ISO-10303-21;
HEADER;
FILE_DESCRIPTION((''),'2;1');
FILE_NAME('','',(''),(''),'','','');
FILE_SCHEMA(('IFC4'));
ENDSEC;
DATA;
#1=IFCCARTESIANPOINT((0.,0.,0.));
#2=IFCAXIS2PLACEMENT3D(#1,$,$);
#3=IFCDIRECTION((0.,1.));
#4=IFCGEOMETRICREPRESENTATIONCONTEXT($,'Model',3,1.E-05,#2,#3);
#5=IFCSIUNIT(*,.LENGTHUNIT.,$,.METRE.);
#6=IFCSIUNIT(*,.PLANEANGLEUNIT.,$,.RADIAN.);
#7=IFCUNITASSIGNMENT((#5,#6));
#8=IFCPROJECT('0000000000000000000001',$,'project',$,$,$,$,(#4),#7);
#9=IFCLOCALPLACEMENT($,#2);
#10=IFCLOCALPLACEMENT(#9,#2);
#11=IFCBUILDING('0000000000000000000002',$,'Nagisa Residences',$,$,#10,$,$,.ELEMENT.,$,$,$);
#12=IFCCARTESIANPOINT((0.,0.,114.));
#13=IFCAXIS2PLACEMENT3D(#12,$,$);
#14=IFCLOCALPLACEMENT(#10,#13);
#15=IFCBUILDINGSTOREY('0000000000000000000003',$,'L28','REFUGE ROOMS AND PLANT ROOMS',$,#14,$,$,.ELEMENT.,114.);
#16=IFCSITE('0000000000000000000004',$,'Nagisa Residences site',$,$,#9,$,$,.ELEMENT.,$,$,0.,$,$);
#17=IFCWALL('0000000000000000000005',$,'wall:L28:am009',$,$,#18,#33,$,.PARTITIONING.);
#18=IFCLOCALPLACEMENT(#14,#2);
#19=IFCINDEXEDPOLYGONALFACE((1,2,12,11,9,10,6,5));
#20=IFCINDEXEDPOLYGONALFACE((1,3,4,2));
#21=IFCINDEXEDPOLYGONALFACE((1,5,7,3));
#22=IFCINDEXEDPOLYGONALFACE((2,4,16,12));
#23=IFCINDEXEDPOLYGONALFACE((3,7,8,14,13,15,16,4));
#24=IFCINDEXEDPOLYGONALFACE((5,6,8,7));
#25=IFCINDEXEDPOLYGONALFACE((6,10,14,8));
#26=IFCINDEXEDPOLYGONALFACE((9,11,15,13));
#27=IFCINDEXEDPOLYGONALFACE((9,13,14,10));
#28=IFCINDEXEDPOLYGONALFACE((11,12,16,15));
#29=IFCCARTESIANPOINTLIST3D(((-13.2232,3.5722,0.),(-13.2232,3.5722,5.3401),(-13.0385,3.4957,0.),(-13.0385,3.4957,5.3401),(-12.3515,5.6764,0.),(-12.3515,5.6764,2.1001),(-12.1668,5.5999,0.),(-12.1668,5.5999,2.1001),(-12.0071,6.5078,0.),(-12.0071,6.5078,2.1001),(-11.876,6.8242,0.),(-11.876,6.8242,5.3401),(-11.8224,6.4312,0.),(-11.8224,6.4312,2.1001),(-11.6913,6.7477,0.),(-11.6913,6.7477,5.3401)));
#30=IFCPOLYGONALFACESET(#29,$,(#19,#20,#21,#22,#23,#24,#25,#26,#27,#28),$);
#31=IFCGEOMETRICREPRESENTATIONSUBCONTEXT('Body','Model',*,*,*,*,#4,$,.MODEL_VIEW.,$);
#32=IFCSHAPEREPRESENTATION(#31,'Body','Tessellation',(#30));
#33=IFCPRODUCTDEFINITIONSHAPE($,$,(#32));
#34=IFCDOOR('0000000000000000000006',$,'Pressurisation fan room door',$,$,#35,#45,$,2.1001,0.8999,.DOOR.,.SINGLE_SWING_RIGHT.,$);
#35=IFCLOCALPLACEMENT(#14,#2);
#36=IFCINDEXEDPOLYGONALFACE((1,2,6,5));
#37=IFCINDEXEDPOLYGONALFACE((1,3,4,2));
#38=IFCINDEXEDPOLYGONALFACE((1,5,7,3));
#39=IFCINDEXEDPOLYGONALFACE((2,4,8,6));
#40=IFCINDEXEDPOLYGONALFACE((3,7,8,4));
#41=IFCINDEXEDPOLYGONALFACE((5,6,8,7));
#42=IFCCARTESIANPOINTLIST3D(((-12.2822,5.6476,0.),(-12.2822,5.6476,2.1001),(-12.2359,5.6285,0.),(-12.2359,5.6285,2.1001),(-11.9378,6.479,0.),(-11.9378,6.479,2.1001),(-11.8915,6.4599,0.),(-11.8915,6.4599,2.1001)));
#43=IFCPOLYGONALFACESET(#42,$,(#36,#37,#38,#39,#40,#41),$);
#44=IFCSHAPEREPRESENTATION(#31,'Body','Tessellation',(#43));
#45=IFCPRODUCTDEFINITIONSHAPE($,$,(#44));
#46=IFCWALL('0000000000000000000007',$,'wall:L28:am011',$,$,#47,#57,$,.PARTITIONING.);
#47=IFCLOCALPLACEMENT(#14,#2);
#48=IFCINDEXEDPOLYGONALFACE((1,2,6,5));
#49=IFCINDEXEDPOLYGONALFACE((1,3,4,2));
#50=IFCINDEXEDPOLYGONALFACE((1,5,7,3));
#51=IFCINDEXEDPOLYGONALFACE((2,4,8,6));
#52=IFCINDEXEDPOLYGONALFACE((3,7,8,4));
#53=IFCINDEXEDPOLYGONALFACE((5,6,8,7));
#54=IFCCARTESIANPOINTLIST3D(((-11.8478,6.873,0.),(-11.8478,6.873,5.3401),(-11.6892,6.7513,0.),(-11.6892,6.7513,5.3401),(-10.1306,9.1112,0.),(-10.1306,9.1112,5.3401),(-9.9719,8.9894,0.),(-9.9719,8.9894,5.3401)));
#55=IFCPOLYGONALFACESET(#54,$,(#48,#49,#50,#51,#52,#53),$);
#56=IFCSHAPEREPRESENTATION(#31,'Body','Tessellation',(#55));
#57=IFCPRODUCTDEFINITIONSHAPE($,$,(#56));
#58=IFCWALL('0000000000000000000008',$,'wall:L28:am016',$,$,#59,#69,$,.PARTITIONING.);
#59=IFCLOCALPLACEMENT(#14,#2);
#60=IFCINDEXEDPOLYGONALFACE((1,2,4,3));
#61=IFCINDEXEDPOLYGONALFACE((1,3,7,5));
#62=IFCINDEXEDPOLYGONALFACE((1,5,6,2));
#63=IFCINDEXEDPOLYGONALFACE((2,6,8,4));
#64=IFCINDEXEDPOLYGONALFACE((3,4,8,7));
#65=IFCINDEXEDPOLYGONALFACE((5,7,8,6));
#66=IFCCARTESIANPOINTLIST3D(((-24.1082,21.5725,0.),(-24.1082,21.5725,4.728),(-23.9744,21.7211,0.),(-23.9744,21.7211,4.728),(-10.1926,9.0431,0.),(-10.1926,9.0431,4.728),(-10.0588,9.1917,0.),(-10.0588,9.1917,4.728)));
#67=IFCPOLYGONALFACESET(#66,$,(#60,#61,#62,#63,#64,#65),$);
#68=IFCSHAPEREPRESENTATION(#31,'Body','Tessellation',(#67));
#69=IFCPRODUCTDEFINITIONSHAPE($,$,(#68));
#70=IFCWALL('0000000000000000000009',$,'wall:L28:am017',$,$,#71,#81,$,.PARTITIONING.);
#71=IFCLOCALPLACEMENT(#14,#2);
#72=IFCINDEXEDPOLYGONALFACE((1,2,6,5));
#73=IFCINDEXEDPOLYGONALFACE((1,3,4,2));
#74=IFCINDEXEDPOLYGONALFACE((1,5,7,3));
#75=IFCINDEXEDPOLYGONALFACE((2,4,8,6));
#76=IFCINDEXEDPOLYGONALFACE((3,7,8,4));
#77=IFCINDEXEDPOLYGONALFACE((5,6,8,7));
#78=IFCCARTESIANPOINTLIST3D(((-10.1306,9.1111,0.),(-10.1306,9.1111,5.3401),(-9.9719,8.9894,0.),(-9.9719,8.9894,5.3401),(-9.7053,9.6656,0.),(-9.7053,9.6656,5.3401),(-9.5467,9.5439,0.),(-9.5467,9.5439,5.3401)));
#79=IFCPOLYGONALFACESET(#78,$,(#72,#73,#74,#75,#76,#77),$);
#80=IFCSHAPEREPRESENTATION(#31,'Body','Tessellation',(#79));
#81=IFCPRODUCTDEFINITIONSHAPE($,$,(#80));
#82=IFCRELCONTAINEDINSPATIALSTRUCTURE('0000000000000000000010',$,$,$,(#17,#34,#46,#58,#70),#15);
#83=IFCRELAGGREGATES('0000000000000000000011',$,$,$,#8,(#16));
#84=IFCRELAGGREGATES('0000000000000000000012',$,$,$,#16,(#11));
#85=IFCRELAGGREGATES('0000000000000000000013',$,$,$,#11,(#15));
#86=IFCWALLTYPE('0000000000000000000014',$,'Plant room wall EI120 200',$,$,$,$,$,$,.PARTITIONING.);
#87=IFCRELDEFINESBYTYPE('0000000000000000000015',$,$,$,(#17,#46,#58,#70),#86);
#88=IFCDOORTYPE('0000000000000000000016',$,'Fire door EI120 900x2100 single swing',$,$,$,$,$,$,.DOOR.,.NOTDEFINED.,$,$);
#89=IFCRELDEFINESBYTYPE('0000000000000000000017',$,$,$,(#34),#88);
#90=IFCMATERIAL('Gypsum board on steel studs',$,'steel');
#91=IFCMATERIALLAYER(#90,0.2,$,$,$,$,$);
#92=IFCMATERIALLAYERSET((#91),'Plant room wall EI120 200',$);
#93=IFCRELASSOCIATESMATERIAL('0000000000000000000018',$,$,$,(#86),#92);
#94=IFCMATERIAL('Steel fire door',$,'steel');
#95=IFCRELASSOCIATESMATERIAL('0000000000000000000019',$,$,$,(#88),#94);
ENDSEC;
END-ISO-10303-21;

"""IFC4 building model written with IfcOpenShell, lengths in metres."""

from ifc_helpers import new_model, si_unit, direction, frame, frame_2d, origin, place, context, subcontext, project, spatial, rectangle, extrude, material, layer, layer_set, type_object, element, fill, save


model = new_model("IFC4")

# Units and contexts
model_context = context("Model", 3, precision=1e-05, world=origin(), true_north=direction((0.0, 1.0)))
body_context = subcontext(model_context, "Body", "Model", "MODEL_VIEW")
ifc_project = project(units=[si_unit("LENGTHUNIT", "METRE"), si_unit("PLANEANGLEUNIT", "RADIAN")], contexts=[model_context])

# Site, building, storey
site_placement = place(None, origin())
site = spatial("IfcSite", under=ifc_project, at=site_placement, Name="Nagisa Residences site", CompositionType="ELEMENT", RefElevation=0.0)
building_placement = place(site_placement, origin())
building = spatial("IfcBuilding", under=site, at=building_placement, Name="Nagisa Residences", CompositionType="ELEMENT")
storey_placement = place(building_placement, frame((0.0, 0.0, 114.0)))
storey = spatial("IfcBuildingStorey", under=building, at=storey_placement, Name="L28", Description="REFUGE ROOMS AND PLANT ROOMS", CompositionType="ELEMENT", Elevation=114.0)

# Shared definitions
ifc_material_1 = material(Name="Gypsum board on steel studs", Category="steel")
ifc_layer_1 = layer(ifc_material_1, 0.2)
ifc_layer_set_1 = layer_set([ifc_layer_1], Name="Plant room wall EI120 200")
wall_type_1 = type_object("IfcWallType", Name="Plant room wall EI120 200", PredefinedType="PARTITIONING", material=ifc_layer_set_1)

# Wall, opening, door
wall_1_placement = place(storey_placement, frame((-13.1309, 3.5339, 0.0), z_axis=(0.0, 0.0, 1.0), x_axis=(0.382723, 0.923863, 0.0)))
wall_1 = element("IfcWall", 1, at=wall_1_placement, inside=storey, type_object=wall_type_1, Name="wall:L28:am009", PredefinedType="PARTITIONING", context=body_context, shape_type="SweptSolid", body=[
    extrude(rectangle(XDim=3.52, YDim=0.2, at=frame_2d((1.76, 0.0))), origin(), (0.0, 0.0, 1.0), 5.3401),
])
opening_1_placement = place(wall_1_placement, frame((2.2776, 0.0, 0.0)))
opening_1 = element("IfcOpeningElement", 2, at=opening_1_placement, cuts=wall_1, PredefinedType="OPENING", context=body_context, shape_type="SweptSolid", body=[
    extrude(rectangle(XDim=0.8999, YDim=2.1001, at=frame_2d((0.45, 1.05))), frame((0.0, 0.1099, 0.0), z_axis=(0.0, -1.0, 0.0), x_axis=(1.0, 0.0, 0.0)), (0.0, 0.0, 1.0), 0.22),
])
ifc_material_2 = material(Name="Steel fire door", Category="steel")
door_type_1 = type_object("IfcDoorType", Name="Fire door EI120 900x2100 single swing", OperationType="NOTDEFINED", PredefinedType="DOOR", material=ifc_material_2)
door_1_placement = place(opening_1_placement, origin())
door_1 = element("IfcDoor", 3, at=door_1_placement, inside=storey, type_object=door_type_1, Name="Pressurisation fan room door", OperationType="SINGLE_SWING_RIGHT", OverallHeight=2.1001, OverallWidth=0.8999, PredefinedType="DOOR", context=body_context, shape_type="SweptSolid", body=[
    extrude(rectangle(XDim=0.8999, YDim=2.1001, at=frame_2d((0.45, 1.05))), frame((0.0, 0.0249, 0.0), z_axis=(0.0, -1.0, 0.0), x_axis=(1.0, 0.0, 0.0)), (0.0, 0.0, 1.0), 0.05),
])
fill(opening_1, door_1)

# Walls
wall_2_placement = place(storey_placement, frame((-11.7686, 6.812, 0.0), z_axis=(0.0, 0.0, 1.0), x_axis=(0.608715, 0.793389, 0.0)))
element("IfcWall", 4, at=wall_2_placement, inside=storey, type_object=wall_type_1, Name="wall:L28:am011", PredefinedType="PARTITIONING", context=body_context, shape_type="SweptSolid", body=[
    extrude(rectangle(XDim=2.821, YDim=0.2, at=frame_2d((1.4106, 0.0))), origin(), (0.0, 0.0, 1.0), 5.3401),
])
wall_3_placement = place(storey_placement, frame((-10.1257, 9.1174, 0.0), z_axis=(0.0, 0.0, 1.0), x_axis=(-0.743153, 0.669122, 0.0)))
element("IfcWall", 5, at=wall_3_placement, inside=storey, type_object=wall_type_1, Name="wall:L28:am016", PredefinedType="PARTITIONING", context=body_context, shape_type="SweptSolid", body=[
    extrude(rectangle(XDim=18.7251, YDim=0.2, at=frame_2d((9.3625, 0.0))), origin(), (0.0, 0.0, 1.0), 4.728),
])
wall_4_placement = place(storey_placement, frame((-10.0513, 9.0503, 0.0), z_axis=(0.0, 0.0, 1.0), x_axis=(0.60863, 0.793455, 0.0)))
element("IfcWall", 6, at=wall_4_placement, inside=storey, type_object=wall_type_1, Name="wall:L28:am017", PredefinedType="PARTITIONING", context=body_context, shape_type="SweptSolid", body=[
    extrude(rectangle(XDim=0.6987, YDim=0.2, at=frame_2d((0.3494, 0.0))), origin(), (0.0, 0.0, 1.0), 5.3401),
])

save(model, "model.ifc")
